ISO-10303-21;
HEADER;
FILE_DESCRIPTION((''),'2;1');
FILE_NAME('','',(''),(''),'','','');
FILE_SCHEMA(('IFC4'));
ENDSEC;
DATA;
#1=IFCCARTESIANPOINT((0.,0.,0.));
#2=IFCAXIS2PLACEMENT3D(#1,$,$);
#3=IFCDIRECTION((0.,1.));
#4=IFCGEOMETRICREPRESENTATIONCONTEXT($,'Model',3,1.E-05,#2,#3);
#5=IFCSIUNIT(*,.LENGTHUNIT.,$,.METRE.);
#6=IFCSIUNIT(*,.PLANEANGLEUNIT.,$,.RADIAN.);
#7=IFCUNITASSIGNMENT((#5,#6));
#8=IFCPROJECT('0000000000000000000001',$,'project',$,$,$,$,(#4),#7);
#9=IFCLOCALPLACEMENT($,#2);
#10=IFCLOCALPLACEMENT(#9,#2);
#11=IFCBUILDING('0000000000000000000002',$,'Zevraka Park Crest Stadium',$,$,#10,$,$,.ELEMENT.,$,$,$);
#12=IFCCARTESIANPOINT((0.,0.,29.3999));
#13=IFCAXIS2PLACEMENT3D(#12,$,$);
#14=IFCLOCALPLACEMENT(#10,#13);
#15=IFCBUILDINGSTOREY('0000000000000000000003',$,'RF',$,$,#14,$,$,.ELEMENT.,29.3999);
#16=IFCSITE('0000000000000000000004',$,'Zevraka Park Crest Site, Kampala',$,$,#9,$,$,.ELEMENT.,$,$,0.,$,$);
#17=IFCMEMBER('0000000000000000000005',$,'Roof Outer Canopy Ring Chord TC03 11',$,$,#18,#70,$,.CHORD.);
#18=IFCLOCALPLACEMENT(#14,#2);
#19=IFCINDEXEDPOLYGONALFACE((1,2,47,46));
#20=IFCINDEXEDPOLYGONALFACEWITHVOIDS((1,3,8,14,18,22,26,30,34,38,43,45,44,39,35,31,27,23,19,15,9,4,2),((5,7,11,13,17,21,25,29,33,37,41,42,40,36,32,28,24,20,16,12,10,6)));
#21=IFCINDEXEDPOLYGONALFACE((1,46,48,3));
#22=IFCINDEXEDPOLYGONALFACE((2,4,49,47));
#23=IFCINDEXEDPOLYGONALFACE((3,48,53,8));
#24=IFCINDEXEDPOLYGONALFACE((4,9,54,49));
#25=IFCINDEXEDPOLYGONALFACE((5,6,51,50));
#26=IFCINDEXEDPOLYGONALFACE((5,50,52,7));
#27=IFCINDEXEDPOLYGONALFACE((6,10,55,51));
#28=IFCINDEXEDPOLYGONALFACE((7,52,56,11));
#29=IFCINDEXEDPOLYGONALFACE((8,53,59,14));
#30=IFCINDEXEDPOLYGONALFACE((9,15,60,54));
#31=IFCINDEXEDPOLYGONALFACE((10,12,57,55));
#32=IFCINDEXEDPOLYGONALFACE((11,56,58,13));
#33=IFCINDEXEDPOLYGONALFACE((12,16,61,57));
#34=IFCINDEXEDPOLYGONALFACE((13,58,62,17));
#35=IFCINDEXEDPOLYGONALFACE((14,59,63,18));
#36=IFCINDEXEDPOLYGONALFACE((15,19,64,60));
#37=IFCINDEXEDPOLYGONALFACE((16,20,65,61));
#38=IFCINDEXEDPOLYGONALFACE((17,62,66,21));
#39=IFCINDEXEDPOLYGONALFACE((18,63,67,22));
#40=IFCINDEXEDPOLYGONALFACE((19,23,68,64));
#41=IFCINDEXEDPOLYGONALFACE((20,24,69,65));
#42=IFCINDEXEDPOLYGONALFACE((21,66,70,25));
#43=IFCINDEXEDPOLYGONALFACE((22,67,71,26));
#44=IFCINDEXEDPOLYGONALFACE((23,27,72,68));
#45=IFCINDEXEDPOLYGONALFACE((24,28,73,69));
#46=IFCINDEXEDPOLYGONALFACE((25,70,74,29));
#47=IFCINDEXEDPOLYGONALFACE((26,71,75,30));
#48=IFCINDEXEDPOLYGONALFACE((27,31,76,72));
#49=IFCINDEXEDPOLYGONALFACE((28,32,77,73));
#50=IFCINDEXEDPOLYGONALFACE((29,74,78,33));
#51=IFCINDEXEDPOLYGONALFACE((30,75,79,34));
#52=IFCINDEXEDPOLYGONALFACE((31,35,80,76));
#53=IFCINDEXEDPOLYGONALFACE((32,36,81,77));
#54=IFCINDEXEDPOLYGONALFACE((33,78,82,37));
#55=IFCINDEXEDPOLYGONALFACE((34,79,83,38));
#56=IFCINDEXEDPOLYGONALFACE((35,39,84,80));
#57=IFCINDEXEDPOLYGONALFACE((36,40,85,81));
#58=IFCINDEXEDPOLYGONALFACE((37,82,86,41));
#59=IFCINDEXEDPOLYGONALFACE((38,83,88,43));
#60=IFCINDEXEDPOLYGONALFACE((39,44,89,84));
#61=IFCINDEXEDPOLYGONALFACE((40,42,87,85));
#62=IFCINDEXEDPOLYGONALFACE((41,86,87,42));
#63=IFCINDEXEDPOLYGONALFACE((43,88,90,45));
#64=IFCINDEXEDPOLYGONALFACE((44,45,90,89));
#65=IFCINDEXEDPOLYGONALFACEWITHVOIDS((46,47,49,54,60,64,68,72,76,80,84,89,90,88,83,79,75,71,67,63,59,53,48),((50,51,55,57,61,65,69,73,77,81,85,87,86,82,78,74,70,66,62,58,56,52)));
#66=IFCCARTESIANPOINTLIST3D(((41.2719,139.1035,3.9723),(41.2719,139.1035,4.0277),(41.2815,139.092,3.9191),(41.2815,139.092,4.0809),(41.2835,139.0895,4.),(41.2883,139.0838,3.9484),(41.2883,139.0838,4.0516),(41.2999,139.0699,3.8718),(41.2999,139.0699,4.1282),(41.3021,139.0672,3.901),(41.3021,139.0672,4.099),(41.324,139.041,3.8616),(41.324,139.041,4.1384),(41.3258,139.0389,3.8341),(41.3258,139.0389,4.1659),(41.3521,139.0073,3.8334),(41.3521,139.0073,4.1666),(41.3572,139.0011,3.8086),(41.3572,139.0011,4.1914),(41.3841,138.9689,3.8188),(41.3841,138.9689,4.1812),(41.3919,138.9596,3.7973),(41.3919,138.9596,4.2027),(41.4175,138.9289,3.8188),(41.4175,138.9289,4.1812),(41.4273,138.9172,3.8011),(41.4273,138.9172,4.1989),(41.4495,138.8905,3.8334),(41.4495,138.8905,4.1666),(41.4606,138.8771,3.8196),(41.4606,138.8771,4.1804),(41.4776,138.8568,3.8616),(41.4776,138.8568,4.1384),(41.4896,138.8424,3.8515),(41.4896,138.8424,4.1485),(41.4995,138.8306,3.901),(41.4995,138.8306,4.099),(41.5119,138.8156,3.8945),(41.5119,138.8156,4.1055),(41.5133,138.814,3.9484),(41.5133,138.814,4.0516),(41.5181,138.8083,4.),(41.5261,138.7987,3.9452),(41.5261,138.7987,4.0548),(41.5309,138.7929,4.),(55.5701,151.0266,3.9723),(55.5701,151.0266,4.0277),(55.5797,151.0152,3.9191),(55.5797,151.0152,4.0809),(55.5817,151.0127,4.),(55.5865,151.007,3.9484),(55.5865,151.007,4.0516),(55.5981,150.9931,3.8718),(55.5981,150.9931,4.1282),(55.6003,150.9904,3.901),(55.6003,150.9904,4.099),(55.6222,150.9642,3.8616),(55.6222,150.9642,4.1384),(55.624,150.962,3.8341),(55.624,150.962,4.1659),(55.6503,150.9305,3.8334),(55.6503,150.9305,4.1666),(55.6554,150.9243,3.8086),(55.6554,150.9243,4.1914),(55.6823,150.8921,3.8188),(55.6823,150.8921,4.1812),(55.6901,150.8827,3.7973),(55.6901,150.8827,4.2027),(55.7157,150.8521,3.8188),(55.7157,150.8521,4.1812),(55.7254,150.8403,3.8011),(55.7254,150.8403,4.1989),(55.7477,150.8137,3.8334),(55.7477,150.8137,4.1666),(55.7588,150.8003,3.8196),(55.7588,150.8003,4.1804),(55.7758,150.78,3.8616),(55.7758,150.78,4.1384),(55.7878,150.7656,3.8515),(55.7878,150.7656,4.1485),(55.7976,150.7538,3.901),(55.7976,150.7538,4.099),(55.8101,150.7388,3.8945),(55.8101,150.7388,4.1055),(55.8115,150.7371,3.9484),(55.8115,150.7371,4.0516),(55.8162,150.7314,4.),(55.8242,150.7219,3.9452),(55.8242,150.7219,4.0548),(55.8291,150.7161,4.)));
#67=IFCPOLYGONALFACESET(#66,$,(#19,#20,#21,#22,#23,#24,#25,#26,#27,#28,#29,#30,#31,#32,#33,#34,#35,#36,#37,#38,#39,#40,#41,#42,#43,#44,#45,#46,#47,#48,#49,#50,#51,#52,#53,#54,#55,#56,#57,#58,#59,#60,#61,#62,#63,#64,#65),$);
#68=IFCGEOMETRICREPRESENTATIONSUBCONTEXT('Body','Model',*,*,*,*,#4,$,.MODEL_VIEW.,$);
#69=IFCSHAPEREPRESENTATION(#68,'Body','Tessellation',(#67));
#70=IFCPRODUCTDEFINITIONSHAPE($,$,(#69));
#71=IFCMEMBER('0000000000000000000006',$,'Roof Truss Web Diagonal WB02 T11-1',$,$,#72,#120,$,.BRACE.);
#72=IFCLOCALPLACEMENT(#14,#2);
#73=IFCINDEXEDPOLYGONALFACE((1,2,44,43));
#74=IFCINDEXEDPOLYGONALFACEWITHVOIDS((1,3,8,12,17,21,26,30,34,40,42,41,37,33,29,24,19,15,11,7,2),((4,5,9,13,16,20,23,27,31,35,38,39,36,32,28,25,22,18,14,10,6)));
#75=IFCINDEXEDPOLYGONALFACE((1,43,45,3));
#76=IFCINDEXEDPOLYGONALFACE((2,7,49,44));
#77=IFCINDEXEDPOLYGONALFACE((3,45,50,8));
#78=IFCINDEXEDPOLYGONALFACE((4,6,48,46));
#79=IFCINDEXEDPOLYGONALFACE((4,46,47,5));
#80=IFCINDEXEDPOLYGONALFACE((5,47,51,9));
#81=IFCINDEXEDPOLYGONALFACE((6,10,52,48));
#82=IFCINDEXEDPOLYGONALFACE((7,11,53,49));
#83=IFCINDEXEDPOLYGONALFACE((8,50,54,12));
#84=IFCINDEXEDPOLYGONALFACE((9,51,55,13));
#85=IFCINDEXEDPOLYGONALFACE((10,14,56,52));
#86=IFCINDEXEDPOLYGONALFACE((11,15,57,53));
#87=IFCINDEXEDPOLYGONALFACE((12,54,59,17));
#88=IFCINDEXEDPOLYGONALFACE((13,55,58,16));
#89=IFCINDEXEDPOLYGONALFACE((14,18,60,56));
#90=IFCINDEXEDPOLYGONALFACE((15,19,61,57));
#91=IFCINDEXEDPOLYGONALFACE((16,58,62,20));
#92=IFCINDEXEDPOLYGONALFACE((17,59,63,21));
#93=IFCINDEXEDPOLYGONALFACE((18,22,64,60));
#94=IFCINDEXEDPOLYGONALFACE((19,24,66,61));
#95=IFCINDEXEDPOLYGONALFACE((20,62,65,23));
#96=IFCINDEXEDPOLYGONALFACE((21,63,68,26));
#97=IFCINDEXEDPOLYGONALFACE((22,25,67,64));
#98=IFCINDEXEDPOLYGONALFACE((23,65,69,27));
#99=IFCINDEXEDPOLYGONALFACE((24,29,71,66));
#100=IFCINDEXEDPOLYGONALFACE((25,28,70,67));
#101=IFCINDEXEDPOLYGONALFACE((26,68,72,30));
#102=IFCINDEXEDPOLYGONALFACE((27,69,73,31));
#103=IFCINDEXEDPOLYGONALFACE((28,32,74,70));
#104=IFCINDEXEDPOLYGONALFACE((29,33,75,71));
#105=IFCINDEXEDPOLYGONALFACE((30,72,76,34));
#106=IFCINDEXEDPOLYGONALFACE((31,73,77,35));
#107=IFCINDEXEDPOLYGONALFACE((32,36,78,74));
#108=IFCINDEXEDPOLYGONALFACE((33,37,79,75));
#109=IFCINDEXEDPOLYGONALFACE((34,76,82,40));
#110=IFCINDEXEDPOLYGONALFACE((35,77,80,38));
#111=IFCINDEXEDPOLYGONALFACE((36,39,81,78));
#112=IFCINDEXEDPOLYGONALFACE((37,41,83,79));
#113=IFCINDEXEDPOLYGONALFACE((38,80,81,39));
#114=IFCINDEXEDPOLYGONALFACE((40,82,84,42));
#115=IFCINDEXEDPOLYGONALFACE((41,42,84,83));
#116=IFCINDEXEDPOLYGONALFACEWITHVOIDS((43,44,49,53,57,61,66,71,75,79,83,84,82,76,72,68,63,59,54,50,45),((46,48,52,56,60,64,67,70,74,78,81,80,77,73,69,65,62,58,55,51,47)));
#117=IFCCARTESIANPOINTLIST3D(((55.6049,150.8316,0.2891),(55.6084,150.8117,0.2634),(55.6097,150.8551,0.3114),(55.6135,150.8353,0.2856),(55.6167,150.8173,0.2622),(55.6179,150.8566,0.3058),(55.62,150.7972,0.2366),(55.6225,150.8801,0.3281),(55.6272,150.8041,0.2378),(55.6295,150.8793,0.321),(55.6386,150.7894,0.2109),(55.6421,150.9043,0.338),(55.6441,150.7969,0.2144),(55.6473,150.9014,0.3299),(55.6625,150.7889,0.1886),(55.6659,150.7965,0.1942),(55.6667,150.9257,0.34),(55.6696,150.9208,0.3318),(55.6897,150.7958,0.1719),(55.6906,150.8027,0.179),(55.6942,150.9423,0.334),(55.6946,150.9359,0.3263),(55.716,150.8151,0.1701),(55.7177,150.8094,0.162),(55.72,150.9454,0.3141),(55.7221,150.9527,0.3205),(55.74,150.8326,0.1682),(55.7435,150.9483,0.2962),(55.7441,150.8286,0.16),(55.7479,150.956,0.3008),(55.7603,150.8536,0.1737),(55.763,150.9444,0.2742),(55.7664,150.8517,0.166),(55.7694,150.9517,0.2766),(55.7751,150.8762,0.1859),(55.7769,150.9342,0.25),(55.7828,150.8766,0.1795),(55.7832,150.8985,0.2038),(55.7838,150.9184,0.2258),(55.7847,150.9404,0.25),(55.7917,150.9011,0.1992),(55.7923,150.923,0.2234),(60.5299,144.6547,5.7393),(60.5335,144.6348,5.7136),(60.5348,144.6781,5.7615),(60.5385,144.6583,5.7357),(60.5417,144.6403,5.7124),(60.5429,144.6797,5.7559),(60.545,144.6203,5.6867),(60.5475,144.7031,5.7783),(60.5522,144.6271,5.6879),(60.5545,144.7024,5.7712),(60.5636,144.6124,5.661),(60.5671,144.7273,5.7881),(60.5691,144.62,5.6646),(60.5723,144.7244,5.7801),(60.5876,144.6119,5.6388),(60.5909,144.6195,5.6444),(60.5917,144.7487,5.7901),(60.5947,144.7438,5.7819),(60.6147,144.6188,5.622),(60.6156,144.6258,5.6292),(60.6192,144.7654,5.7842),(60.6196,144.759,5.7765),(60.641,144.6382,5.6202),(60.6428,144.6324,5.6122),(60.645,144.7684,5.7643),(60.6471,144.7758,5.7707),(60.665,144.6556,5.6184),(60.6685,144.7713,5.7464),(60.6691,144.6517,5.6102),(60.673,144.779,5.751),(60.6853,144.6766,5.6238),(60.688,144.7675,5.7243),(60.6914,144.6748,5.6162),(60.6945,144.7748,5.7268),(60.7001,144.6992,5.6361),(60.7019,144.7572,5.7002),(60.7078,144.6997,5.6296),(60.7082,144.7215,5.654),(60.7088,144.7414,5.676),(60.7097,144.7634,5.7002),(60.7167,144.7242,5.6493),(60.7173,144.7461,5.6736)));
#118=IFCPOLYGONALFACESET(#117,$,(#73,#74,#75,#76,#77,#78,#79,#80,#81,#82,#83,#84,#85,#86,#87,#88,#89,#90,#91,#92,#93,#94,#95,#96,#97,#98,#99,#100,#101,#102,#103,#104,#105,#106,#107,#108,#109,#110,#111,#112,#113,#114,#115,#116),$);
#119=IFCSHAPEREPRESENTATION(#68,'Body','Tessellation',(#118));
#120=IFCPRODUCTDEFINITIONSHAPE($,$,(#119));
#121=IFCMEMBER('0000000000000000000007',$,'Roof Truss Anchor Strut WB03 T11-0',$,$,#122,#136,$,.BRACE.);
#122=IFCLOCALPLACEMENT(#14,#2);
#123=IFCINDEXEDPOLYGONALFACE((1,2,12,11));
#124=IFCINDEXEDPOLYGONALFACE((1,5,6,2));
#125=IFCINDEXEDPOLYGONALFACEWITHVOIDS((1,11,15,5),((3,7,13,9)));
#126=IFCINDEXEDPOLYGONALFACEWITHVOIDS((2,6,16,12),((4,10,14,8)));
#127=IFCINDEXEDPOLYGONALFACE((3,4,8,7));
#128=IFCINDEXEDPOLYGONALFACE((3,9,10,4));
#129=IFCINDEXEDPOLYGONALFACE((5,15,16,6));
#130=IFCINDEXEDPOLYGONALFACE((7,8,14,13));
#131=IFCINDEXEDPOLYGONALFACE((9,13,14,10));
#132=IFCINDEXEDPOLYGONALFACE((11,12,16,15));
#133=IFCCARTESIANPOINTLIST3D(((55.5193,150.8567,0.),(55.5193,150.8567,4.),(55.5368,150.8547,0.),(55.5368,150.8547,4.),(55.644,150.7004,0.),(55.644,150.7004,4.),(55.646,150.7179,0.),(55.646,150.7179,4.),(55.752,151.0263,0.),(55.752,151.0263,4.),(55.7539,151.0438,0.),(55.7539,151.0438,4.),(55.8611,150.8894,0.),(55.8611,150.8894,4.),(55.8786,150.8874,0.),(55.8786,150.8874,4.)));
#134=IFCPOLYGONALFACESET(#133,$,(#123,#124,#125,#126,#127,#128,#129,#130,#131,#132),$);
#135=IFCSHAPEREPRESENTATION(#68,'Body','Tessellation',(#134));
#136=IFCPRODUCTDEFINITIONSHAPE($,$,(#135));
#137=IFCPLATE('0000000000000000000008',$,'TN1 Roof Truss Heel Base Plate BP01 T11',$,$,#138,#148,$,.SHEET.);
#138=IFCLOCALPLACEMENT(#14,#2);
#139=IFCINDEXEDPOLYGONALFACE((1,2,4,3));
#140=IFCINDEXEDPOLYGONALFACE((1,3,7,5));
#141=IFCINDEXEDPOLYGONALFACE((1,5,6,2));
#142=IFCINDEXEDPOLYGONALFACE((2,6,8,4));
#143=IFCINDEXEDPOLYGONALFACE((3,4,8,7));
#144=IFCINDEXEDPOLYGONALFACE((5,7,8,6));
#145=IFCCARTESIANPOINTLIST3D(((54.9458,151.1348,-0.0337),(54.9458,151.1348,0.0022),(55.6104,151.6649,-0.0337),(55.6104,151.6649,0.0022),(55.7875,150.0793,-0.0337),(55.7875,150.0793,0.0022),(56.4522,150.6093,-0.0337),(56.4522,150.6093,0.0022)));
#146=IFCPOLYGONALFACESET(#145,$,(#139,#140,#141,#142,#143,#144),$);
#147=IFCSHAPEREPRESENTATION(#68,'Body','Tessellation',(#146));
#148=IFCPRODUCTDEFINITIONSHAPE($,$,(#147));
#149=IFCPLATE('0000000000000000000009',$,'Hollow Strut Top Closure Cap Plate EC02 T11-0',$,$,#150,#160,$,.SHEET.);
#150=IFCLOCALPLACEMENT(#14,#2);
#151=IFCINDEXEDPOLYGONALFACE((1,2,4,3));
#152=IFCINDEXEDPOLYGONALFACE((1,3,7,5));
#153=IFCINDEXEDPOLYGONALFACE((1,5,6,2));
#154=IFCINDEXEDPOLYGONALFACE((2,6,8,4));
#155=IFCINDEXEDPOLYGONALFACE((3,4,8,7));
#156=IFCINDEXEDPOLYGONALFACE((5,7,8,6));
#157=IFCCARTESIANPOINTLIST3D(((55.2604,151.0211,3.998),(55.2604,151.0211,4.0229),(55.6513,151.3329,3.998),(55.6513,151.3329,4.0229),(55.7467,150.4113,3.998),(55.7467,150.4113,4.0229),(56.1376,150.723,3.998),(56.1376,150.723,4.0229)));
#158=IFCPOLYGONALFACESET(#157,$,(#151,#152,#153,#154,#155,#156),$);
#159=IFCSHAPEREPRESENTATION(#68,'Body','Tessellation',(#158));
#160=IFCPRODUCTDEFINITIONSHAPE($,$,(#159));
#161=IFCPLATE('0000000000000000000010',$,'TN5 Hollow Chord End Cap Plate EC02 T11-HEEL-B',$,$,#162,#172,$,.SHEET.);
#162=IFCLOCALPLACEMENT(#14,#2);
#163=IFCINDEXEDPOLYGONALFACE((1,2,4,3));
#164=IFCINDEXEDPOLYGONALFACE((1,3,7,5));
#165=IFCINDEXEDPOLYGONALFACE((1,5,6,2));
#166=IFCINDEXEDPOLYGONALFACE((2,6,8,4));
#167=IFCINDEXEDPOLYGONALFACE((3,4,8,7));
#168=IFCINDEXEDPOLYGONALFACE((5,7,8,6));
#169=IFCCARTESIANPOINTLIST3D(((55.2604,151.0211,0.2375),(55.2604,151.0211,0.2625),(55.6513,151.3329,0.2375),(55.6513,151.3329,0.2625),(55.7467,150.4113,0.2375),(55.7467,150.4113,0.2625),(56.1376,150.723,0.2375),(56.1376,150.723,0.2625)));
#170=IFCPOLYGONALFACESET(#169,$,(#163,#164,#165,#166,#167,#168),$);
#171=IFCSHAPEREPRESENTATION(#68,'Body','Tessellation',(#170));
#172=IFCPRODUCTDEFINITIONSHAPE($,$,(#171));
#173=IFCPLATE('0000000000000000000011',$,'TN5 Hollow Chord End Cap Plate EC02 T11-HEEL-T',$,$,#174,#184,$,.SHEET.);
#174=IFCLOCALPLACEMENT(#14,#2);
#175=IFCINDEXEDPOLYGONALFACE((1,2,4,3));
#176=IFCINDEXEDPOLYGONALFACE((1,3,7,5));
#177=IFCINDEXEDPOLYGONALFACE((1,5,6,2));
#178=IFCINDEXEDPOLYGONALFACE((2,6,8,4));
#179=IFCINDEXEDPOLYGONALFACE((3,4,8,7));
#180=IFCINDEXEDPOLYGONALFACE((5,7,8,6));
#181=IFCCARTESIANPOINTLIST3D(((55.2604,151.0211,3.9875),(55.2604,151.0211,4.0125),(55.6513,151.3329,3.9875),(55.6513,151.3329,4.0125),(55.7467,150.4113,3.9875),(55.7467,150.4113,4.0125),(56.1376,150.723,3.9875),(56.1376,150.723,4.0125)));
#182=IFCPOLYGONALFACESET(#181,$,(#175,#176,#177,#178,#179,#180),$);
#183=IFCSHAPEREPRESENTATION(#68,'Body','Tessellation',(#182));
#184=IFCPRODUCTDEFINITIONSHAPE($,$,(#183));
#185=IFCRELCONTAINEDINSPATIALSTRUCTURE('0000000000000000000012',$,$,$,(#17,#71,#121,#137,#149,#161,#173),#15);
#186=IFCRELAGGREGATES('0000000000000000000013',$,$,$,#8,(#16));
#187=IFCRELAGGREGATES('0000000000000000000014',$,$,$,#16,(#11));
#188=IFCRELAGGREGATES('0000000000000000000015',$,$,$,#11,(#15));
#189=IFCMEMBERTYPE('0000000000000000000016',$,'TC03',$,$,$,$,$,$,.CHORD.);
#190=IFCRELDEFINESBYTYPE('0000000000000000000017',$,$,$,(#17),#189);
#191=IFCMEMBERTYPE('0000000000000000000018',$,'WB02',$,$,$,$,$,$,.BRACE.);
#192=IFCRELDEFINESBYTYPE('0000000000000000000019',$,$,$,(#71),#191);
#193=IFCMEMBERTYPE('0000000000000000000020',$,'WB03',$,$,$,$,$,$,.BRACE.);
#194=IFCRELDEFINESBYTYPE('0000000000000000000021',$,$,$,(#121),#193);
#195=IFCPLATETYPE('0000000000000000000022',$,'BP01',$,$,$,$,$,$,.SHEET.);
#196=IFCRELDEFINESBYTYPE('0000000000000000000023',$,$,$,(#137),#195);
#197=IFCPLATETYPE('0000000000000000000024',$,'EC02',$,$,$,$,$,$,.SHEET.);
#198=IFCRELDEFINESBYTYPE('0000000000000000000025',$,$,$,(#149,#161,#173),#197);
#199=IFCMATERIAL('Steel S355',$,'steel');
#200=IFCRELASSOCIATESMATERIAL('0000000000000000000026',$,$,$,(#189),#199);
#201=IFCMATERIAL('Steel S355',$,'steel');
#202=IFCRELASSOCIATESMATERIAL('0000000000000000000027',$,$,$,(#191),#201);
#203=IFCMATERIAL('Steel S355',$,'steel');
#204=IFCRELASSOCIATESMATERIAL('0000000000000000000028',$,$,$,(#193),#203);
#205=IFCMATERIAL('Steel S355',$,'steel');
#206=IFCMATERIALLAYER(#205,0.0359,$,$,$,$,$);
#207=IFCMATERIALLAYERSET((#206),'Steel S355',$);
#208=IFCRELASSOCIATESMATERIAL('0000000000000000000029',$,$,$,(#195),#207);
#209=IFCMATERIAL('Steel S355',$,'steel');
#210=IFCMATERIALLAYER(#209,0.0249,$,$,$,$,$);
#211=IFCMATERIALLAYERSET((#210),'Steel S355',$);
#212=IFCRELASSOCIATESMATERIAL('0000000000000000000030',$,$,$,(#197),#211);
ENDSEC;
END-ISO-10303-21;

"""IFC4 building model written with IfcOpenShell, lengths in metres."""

from ifc_helpers import new_model, si_unit, direction, frame, origin, origin_2d, place, context, subcontext, project, spatial, rectangle, hollow_rectangle, hollow_circle, extrude, material, layer, layer_set, material_profile, profile_set, type_object, element, save


model = new_model("IFC4")

# Units and contexts
model_context = context("Model", 3, precision=1e-05, world=origin(), true_north=direction((0.0, 1.0)))
body_context = subcontext(model_context, "Body", "Model", "MODEL_VIEW")
ifc_project = project(units=[si_unit("LENGTHUNIT", "METRE"), si_unit("PLANEANGLEUNIT", "RADIAN")], contexts=[model_context])

# Site, building, storey
site_placement = place(None, origin())
site = spatial("IfcSite", under=ifc_project, at=site_placement, Name="Zevraka Park Crest Site, Kampala", CompositionType="ELEMENT", RefElevation=0.0)
building_placement = place(site_placement, origin())
building = spatial("IfcBuilding", under=site, at=building_placement, Name="Zevraka Park Crest Stadium", CompositionType="ELEMENT")
storey_placement = place(building_placement, frame((0.0, 0.0, 29.3999)))
storey = spatial("IfcBuildingStorey", under=building, at=storey_placement, Name="RF", CompositionType="ELEMENT", Elevation=29.3999)

# Members
ifc_material_1 = material(Name="Steel S355", Category="steel")
ifc_material_profile_1 = material_profile(ifc_material_1, hollow_circle(Radius=0.2031, WallThickness=0.02, at=origin_2d()), Name="CHS 406.4x20")
ifc_profile_set_1 = profile_set([ifc_material_profile_1], Name="Steel S355")
member_type_1 = type_object("IfcMemberType", Name="TC03", PredefinedType="CHORD", material=ifc_profile_set_1)
member_1_placement = place(storey_placement, frame((55.699, 150.8721, 4.0), z_axis=(-0.768009, -0.640438, 0.0), x_axis=(0.640438, -0.768009, 0.0)))
element("IfcMember", 1, at=member_1_placement, inside=storey, type_object=member_type_1, Name="Roof Outer Canopy Ring Chord TC03 11", PredefinedType="CHORD", context=body_context, shape_type="SweptSolid", body=[
    extrude(hollow_circle(Radius=0.2031, WallThickness=0.02, at=origin_2d()), origin(), (0.0, 0.0, 1.0), 18.6172),
])
ifc_material_2 = material(Name="Steel S355", Category="steel")
ifc_material_profile_2 = material_profile(ifc_material_2, hollow_circle(Radius=0.1096, WallThickness=0.01, at=origin_2d()), Name="CHS 219.1x10")
ifc_profile_set_2 = profile_set([ifc_material_profile_2], Name="Steel S355")
member_type_2 = type_object("IfcMemberType", Name="WB02", PredefinedType="BRACE", material=ifc_profile_set_2)
member_2_placement = place(storey_placement, frame((55.699, 150.8721, 0.25), z_axis=(0.513148, -0.643591, 0.567864), x_axis=(0.78189, 0.623417, 0.0)))
element("IfcMember", 2, at=member_2_placement, inside=storey, type_object=member_type_2, Name="Roof Truss Web Diagonal WB02 T11-1", PredefinedType="BRACE", context=body_context, shape_type="SweptSolid", body=[
    extrude(hollow_circle(Radius=0.1096, WallThickness=0.01, at=origin_2d()), origin(), (0.0, 0.0, 1.0), 9.5977),
])
ifc_material_3 = material(Name="Steel S355", Category="steel")
ifc_material_profile_3 = material_profile(ifc_material_3, hollow_rectangle(XDim=0.2, YDim=0.3, WallThickness=0.0125, at=origin_2d()), Name="RHS 300x200x12.5")
ifc_profile_set_3 = profile_set([ifc_material_profile_3], Name="Steel S355")
member_type_3 = type_object("IfcMemberType", Name="WB03", PredefinedType="BRACE", material=ifc_profile_set_3)
member_3_placement = place(storey_placement, frame((55.699, 150.8721, 0.0), z_axis=(0.0, 0.0, 1.0), x_axis=(-0.62347, 0.781847, 0.0)))
element("IfcMember", 3, at=member_3_placement, inside=storey, type_object=member_type_3, Name="Roof Truss Anchor Strut WB03 T11-0", PredefinedType="BRACE", context=body_context, shape_type="SweptSolid", body=[
    extrude(hollow_rectangle(XDim=0.2, YDim=0.3, WallThickness=0.0125, at=origin_2d()), origin(), (0.0, 0.0, 1.0), 4.0),
])

# Plates
ifc_material_4 = material(Name="Steel S355", Category="steel")
ifc_layer_1 = layer(ifc_material_4, 0.0359)
ifc_layer_set_1 = layer_set([ifc_layer_1], Name="Steel S355")
plate_type_1 = type_object("IfcPlateType", Name="BP01", PredefinedType="SHEET", material=ifc_layer_set_1)
plate_placement = place(storey_placement, frame((55.699, 150.8721, -0.0337), z_axis=(0.0, 0.0, 1.0), x_axis=(-0.62347, 0.781847, 0.0)))
element("IfcPlate", 4, at=plate_placement, inside=storey, type_object=plate_type_1, Name="TN1 Roof Truss Heel Base Plate BP01 T11", PredefinedType="SHEET", context=body_context, shape_type="SweptSolid", body=[
    extrude(rectangle(XDim=1.3501, YDim=0.8501, at=origin_2d()), origin(), (0.0, 0.0, 1.0), 0.0359),
])
ifc_material_5 = material(Name="Steel S355", Category="steel")
ifc_layer_2 = layer(ifc_material_5, 0.0249)
ifc_layer_set_2 = layer_set([ifc_layer_2], Name="Steel S355")
plate_type_2 = type_object("IfcPlateType", Name="EC02", PredefinedType="SHEET", material=ifc_layer_set_2)
for number, where, z_axis, x_axis, name in (
    (5, (55.699, 150.8721, 3.998), (0.0, 0.0, 1.0), (-0.62347, 0.781847, 0.0), "Hollow Strut Top Closure Cap Plate EC02 T11-0"),
    (6, (55.699, 150.8721, 0.2375), (0.0, 0.0, 1.0), (-0.62347, 0.781847, 0.0), "TN5 Hollow Chord End Cap Plate EC02 T11-HEEL-B"),
    (7, (55.699, 150.8721, 3.9875), (0.0, 0.0, 1.0), (-0.62347, 0.781847, 0.0), "TN5 Hollow Chord End Cap Plate EC02 T11-HEEL-T"),
):
    element("IfcPlate", number, at=place(storey_placement, frame(where, z_axis=z_axis, x_axis=x_axis)), inside=storey, type_object=plate_type_2, Name=name, PredefinedType="SHEET", context=body_context, shape_type="SweptSolid", body=[
        extrude(rectangle(XDim=0.78, YDim=0.5, at=origin_2d()), origin(), (0.0, 0.0, 1.0), 0.0249),
    ])

save(model, "model.ifc")
